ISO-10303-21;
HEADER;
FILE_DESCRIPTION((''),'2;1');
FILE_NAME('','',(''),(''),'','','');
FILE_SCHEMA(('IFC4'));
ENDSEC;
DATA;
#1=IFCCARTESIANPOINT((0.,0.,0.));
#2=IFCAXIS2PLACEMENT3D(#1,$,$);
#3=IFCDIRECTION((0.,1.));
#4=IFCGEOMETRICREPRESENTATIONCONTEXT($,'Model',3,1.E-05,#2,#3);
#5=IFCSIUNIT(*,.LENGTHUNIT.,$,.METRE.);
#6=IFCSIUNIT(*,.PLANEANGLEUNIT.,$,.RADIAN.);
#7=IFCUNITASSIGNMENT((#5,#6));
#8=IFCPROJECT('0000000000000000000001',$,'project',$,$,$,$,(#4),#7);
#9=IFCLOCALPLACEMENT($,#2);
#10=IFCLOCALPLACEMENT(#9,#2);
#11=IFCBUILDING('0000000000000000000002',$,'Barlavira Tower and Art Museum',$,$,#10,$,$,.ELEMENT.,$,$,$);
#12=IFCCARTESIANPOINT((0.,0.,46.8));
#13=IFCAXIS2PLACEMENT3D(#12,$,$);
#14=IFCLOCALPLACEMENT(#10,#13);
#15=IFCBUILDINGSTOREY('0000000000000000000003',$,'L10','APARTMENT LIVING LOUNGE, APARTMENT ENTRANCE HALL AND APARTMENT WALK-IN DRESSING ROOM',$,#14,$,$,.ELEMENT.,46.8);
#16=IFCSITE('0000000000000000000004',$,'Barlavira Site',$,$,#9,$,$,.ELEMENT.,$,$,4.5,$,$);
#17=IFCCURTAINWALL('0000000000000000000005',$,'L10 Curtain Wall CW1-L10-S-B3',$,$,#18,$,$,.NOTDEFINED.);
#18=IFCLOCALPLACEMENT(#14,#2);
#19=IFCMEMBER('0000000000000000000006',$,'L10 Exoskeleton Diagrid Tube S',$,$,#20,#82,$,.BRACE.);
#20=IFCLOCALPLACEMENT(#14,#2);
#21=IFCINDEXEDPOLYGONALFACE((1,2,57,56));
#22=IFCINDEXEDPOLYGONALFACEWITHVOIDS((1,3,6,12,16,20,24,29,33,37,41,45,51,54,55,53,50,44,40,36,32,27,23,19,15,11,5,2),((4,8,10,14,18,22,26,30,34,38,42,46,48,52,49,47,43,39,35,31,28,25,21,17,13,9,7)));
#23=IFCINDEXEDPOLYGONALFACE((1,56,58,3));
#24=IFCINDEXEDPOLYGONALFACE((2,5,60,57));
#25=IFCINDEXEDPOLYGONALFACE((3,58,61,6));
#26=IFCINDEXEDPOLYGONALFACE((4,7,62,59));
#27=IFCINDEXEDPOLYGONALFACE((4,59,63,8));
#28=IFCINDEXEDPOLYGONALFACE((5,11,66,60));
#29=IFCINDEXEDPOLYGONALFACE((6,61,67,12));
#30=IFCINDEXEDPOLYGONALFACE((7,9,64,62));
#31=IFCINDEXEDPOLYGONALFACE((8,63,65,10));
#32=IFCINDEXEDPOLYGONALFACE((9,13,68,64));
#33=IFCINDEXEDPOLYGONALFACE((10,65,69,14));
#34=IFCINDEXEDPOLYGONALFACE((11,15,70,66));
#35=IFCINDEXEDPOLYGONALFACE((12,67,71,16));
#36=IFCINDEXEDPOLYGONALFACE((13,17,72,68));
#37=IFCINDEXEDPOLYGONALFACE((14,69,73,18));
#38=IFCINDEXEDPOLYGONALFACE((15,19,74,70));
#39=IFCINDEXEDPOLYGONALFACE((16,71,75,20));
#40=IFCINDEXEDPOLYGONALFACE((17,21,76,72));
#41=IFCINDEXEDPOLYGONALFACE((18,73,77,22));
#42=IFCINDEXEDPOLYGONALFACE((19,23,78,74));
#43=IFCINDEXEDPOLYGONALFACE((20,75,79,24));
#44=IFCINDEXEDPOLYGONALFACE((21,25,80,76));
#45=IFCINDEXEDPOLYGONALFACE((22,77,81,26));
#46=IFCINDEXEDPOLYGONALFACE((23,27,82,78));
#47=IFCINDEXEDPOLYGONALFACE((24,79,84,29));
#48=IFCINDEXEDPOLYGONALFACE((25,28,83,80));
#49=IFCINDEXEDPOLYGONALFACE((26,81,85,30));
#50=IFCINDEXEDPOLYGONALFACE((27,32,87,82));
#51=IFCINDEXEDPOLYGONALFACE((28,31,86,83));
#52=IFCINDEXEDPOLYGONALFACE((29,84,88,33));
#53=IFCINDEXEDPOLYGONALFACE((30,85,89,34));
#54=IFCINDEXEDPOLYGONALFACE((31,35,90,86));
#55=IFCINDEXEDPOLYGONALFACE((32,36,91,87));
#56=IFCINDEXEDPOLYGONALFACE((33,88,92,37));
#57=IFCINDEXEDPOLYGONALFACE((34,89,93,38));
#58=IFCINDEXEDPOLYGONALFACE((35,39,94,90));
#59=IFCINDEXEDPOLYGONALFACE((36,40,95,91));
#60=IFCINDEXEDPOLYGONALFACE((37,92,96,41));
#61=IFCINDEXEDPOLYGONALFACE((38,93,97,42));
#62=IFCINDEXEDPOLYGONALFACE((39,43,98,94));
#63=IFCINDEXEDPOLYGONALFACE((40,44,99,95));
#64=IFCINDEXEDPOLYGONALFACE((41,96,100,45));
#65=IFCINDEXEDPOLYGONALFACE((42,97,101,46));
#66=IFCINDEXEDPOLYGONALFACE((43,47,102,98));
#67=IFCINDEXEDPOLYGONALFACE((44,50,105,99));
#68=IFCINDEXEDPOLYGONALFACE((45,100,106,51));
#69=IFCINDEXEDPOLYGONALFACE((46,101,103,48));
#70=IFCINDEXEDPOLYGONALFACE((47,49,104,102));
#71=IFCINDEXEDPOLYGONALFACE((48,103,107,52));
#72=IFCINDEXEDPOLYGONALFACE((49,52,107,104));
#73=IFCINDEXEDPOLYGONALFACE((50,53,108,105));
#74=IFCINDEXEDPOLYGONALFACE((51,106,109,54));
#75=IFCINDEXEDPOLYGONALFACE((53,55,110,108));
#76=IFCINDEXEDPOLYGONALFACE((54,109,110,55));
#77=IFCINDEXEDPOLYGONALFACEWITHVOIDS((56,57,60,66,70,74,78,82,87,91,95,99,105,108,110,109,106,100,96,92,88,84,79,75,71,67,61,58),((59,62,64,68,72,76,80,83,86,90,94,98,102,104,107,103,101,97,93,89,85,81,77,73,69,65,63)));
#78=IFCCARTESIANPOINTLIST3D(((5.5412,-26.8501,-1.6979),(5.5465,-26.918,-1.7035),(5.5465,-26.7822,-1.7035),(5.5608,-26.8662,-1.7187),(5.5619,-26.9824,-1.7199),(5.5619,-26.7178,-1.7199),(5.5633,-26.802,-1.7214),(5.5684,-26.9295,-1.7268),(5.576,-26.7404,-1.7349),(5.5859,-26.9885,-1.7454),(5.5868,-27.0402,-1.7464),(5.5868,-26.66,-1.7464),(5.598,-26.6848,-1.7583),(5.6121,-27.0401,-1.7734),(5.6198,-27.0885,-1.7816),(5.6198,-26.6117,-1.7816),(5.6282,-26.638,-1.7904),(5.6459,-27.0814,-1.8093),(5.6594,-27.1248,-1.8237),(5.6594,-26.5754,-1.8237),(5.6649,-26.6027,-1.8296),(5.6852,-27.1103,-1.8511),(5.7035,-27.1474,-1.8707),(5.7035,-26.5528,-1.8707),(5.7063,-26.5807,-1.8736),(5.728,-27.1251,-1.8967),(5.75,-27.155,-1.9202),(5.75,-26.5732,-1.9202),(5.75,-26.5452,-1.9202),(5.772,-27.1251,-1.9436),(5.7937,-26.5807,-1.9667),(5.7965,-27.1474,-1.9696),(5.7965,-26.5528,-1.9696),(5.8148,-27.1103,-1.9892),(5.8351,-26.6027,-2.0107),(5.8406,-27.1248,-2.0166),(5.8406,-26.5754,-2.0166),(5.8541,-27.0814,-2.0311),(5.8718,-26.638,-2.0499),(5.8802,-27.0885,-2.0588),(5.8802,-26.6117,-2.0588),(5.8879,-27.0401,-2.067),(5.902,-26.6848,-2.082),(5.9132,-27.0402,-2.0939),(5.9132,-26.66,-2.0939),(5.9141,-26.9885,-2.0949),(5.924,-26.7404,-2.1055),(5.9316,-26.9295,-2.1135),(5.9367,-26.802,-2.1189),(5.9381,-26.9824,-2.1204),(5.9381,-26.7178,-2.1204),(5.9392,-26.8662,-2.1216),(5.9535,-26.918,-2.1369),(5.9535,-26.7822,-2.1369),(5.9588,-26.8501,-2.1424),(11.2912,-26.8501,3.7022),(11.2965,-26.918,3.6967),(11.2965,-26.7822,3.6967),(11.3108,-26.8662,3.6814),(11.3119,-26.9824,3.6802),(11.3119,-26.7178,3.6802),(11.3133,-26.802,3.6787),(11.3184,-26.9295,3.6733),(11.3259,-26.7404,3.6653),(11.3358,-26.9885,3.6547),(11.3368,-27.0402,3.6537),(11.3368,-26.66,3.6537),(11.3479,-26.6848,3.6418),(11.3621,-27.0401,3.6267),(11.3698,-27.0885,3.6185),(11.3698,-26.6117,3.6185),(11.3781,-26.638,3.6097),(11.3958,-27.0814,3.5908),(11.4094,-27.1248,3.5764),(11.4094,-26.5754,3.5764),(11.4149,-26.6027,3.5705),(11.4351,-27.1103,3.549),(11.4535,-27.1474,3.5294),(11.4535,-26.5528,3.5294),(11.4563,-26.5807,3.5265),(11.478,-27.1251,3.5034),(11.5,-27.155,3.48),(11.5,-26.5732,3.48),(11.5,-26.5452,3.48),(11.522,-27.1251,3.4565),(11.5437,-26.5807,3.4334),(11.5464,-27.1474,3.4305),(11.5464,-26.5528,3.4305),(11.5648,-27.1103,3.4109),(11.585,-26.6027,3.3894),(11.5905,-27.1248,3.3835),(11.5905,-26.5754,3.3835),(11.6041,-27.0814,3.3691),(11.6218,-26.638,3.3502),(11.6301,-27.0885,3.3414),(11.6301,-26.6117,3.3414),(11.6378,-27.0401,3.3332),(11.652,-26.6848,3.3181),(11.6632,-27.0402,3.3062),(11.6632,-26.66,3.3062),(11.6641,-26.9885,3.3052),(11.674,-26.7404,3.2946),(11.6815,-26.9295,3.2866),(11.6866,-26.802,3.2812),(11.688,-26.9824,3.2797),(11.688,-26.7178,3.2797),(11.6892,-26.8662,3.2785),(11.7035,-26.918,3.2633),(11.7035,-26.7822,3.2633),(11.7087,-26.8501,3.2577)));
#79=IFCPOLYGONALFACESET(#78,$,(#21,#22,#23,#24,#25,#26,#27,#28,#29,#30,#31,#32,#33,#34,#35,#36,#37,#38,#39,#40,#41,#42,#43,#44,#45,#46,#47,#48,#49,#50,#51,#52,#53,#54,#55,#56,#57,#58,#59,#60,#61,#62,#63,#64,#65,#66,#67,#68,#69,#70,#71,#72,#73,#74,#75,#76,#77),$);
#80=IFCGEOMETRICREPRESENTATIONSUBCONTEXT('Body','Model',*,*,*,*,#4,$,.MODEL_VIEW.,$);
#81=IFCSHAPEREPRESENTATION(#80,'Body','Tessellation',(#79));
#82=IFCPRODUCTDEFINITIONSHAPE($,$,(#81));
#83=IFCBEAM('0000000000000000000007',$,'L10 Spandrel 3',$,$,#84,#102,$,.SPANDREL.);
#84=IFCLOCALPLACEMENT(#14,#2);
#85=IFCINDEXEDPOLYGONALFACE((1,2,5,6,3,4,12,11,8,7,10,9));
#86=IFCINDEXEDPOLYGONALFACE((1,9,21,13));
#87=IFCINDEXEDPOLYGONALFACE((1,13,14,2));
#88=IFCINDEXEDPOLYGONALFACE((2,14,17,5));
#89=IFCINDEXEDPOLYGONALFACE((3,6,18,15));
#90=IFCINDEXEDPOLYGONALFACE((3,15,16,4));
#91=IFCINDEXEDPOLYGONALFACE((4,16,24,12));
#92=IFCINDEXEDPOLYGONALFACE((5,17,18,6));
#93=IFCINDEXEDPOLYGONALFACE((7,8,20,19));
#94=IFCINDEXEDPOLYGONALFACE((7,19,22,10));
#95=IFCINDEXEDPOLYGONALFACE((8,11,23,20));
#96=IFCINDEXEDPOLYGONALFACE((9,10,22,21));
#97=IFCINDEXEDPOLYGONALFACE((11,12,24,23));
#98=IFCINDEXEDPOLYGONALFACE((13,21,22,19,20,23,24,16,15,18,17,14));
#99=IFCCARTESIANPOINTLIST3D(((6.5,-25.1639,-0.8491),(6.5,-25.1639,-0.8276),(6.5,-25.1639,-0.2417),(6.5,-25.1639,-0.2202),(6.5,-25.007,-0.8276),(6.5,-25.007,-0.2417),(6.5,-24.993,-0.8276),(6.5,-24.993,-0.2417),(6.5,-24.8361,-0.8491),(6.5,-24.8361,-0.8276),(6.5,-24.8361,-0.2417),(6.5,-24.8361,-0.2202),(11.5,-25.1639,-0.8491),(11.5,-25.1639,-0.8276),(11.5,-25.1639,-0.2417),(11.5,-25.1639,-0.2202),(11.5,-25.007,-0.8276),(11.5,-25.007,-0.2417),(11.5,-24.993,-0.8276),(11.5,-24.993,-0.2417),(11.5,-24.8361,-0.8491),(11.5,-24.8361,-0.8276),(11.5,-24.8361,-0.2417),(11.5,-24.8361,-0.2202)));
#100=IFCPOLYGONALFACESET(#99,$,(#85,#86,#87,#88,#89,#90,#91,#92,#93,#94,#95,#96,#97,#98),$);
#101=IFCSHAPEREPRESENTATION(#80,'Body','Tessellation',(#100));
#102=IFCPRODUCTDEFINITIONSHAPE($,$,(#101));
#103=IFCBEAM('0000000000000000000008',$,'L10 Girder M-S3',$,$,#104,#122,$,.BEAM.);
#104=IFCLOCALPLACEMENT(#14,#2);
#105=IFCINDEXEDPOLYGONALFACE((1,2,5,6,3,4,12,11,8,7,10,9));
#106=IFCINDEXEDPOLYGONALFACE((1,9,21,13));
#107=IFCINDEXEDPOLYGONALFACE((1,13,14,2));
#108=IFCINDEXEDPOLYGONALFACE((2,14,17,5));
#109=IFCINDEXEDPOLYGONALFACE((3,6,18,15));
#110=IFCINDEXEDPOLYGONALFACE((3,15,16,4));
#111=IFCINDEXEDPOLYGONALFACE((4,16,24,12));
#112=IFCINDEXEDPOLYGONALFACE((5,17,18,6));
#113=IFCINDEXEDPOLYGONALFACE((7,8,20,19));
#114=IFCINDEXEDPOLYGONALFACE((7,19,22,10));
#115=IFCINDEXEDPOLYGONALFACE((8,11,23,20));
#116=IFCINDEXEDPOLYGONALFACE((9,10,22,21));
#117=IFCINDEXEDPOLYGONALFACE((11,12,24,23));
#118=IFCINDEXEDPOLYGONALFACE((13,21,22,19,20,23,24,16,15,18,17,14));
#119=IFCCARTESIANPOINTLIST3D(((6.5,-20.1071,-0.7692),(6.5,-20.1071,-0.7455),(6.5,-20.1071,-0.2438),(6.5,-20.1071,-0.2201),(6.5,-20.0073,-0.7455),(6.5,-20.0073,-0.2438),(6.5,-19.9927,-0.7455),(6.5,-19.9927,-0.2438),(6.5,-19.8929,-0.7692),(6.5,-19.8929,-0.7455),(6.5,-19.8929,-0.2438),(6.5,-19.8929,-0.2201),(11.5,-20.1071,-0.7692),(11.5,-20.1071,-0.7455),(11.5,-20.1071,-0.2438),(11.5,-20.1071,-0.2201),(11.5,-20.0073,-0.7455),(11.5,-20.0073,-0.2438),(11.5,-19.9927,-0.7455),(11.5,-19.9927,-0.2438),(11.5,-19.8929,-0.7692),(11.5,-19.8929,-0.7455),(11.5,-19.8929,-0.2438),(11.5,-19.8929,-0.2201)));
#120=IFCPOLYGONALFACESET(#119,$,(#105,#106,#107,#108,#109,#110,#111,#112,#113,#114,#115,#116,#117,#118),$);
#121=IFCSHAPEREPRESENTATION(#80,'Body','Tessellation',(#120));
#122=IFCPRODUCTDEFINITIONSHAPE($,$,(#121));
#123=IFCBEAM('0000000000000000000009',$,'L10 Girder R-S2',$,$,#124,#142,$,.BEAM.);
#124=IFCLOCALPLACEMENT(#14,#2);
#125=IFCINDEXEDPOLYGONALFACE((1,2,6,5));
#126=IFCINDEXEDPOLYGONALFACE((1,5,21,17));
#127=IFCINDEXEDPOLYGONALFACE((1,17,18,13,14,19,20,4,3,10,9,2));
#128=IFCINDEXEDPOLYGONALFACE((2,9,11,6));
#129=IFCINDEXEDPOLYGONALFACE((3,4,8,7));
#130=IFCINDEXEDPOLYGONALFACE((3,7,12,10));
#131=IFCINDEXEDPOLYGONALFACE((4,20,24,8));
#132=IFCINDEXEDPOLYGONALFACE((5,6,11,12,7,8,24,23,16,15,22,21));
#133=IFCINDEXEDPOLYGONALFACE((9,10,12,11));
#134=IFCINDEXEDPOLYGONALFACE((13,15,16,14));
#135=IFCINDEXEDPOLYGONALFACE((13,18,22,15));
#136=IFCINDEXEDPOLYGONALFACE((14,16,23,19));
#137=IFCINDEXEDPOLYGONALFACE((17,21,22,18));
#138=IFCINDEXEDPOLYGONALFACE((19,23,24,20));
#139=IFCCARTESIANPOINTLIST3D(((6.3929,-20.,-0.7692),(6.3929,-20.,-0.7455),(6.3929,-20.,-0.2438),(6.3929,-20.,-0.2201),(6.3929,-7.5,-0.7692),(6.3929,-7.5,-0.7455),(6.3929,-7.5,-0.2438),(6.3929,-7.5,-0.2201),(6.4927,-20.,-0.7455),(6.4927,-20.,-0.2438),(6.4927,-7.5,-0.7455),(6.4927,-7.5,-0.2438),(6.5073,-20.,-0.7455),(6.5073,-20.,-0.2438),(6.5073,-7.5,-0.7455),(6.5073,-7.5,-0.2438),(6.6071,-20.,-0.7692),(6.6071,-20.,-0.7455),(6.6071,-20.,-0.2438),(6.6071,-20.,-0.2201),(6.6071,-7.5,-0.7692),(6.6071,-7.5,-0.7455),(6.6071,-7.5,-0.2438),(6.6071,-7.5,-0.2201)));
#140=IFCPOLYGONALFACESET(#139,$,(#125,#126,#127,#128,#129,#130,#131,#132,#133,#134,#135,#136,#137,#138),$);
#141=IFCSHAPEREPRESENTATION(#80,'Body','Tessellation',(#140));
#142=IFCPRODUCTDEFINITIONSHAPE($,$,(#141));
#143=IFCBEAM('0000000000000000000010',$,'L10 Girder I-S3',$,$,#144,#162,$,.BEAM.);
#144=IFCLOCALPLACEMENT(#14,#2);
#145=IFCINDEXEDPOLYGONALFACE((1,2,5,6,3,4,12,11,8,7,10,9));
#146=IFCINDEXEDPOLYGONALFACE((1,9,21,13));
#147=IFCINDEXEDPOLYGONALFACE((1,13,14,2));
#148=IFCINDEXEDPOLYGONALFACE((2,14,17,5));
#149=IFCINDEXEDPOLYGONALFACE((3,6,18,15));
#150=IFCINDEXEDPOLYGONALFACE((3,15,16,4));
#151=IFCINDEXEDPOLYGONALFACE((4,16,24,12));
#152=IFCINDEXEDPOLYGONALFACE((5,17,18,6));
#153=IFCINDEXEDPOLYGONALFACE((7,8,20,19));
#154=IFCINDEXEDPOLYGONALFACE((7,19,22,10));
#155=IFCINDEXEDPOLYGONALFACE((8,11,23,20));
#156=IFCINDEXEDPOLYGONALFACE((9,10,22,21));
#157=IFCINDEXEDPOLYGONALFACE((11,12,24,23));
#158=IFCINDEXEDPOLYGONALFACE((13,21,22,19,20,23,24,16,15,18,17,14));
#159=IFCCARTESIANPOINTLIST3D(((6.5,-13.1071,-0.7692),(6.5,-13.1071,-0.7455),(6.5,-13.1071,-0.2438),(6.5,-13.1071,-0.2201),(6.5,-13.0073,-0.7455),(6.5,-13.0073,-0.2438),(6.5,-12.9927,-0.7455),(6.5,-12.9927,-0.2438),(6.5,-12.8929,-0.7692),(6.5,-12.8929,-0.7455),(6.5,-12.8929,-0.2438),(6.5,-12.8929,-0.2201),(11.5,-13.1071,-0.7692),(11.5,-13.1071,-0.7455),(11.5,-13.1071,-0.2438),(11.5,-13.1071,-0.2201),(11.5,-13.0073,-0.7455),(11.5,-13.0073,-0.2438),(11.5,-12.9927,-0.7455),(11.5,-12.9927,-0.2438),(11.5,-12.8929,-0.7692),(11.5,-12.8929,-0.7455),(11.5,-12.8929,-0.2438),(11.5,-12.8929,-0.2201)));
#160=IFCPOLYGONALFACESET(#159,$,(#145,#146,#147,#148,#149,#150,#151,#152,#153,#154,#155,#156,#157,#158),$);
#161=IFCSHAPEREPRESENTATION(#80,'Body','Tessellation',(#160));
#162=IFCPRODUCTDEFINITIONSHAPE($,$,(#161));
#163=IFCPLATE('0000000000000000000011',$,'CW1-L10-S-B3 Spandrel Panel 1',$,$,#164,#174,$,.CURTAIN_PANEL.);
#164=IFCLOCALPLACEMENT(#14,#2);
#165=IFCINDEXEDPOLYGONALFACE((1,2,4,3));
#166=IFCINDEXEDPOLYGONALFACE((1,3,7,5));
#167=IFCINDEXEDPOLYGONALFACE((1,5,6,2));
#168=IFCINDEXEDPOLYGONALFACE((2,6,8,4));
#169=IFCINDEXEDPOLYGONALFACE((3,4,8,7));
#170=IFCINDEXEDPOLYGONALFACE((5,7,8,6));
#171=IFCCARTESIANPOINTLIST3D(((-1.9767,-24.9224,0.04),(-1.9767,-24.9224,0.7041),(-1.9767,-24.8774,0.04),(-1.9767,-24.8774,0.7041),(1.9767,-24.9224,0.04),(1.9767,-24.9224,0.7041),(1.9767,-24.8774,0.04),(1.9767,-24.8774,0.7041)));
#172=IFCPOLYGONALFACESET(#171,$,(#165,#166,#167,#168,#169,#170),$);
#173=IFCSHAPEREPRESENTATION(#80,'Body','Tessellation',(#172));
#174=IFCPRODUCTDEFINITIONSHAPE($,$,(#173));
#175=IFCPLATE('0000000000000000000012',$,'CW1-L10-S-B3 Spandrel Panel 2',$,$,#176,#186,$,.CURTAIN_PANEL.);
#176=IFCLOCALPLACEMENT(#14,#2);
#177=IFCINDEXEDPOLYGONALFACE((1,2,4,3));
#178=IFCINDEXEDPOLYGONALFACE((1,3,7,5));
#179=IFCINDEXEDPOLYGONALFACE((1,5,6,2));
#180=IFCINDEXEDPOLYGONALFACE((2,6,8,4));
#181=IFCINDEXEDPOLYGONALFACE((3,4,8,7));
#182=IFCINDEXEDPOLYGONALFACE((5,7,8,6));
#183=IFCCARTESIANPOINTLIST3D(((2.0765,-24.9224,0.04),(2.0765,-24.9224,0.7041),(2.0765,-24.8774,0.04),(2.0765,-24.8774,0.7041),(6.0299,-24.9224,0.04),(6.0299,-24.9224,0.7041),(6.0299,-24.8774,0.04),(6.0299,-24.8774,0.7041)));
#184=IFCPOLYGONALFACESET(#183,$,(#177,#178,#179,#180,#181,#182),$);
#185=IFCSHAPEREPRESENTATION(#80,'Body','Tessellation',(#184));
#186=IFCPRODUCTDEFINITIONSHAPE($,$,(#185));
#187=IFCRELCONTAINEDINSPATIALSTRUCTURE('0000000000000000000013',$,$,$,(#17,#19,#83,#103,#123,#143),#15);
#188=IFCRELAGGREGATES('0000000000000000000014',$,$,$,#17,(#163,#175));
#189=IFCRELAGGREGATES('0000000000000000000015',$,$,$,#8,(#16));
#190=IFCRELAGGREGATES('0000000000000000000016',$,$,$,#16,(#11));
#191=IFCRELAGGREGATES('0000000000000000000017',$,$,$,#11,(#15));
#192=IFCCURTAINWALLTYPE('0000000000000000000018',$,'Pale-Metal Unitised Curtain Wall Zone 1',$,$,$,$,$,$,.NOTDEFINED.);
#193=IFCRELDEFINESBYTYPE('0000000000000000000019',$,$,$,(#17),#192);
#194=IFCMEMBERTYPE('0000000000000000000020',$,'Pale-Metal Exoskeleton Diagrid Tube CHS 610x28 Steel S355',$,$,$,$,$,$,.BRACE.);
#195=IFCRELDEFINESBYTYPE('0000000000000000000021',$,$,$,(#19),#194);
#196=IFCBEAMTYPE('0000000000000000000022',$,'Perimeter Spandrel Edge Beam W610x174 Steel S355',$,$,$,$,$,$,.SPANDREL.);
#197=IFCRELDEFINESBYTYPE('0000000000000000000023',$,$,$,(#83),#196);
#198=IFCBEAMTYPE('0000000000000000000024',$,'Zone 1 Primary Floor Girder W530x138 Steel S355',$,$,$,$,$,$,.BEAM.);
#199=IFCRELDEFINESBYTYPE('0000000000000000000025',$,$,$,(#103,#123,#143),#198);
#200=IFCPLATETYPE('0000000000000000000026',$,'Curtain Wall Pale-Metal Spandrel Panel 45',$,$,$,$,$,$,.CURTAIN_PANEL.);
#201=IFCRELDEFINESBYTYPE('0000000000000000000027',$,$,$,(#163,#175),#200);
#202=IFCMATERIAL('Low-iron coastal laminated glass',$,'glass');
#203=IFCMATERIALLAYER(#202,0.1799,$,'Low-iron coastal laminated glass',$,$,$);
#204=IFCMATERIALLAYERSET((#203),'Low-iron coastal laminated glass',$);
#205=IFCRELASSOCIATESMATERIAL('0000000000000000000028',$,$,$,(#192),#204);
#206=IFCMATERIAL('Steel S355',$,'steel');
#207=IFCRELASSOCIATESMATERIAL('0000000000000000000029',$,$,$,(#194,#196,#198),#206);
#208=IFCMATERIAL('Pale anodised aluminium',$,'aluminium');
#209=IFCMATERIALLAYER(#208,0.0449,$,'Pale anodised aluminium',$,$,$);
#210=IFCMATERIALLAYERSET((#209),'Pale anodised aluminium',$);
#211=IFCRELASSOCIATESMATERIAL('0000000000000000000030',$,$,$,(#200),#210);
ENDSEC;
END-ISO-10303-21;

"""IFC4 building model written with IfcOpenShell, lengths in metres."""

from ifc_helpers import new_model, si_unit, direction, frame, origin, origin_2d, place, context, subcontext, project, spatial, rectangle, hollow_circle, i_section, extrude, material, layer, layer_set, material_profile, profile_set, type_object, element, aggregate, save


model = new_model("IFC4")

# Units and contexts
model_context = context("Model", 3, precision=1e-05, world=origin(), true_north=direction((0.0, 1.0)))
body_context = subcontext(model_context, "Body", "Model", "MODEL_VIEW")
ifc_project = project(units=[si_unit("LENGTHUNIT", "METRE"), si_unit("PLANEANGLEUNIT", "RADIAN")], contexts=[model_context])

# Site, building, storey
site_placement = place(None, origin())
site = spatial("IfcSite", under=ifc_project, at=site_placement, Name="Barlavira Site", CompositionType="ELEMENT", RefElevation=4.5)
building_placement = place(site_placement, origin())
building = spatial("IfcBuilding", under=site, at=building_placement, Name="Barlavira Tower and Art Museum", CompositionType="ELEMENT")
storey_placement = place(building_placement, frame((0.0, 0.0, 46.8)))
storey = spatial("IfcBuildingStorey", under=building, at=storey_placement, Name="L10", Description="APARTMENT LIVING LOUNGE, APARTMENT ENTRANCE HALL AND APARTMENT WALK-IN DRESSING ROOM", CompositionType="ELEMENT", Elevation=46.8)

# Curtain wall
ifc_material_1 = material(Name="Low-iron coastal laminated glass", Category="glass")
ifc_layer_1 = layer(ifc_material_1, 0.1799, Name="Low-iron coastal laminated glass")
ifc_layer_set_1 = layer_set([ifc_layer_1], Name="Low-iron coastal laminated glass")
curtain_wall_type = type_object("IfcCurtainWallType", Name="Pale-Metal Unitised Curtain Wall Zone 1", PredefinedType="NOTDEFINED", material=ifc_layer_set_1)
curtain_wall_placement = place(storey_placement, origin())
curtain_wall = element("IfcCurtainWall", 1, at=curtain_wall_placement, inside=storey, type_object=curtain_wall_type, Name="L10 Curtain Wall CW1-L10-S-B3", PredefinedType="NOTDEFINED")
ifc_material_2 = material(Name="Pale anodised aluminium", Category="aluminium")

# Member
ifc_material_3 = material(Name="Steel S355", Category="steel")
ifc_material_profile_1 = material_profile(ifc_material_3, hollow_circle(Radius=0.3049, WallThickness=0.0281, at=origin_2d()), Name="CHS 610.0x28.0")
ifc_profile_set_1 = profile_set([ifc_material_profile_1], Name="Steel S355")
member_type_1 = type_object("IfcMemberType", Name="Pale-Metal Exoskeleton Diagrid Tube CHS 610x28 Steel S355", PredefinedType="BRACE", material=ifc_profile_set_1)
for number, where, z_axis, x_axis, name in (
    (2, (5.75, -26.8501, -1.9202), (0.728935, 0.0, 0.684583), (0.0, 1.0, 0.0), "L10 Exoskeleton Diagrid Tube S"),
):
    element("IfcMember", number, at=place(storey_placement, frame(where, z_axis=z_axis, x_axis=x_axis)), inside=storey, type_object=member_type_1, Name=name, PredefinedType="BRACE", context=body_context, shape_type="SweptSolid", body=[
        extrude(hollow_circle(Radius=0.3049, WallThickness=0.0281, at=origin_2d()), origin(), (0.0, 0.0, 1.0), 7.8882),
    ])

# Beams
ifc_material_profile_2 = material_profile(ifc_material_3, i_section(OverallWidth=0.3279, OverallDepth=0.6289, WebThickness=0.0139, FlangeThickness=0.0215, at=origin_2d()), Name="W610x174.0")
ifc_profile_set_2 = profile_set([ifc_material_profile_2], Name="Steel S355")
beam_type_1 = type_object("IfcBeamType", Name="Perimeter Spandrel Edge Beam W610x174 Steel S355", PredefinedType="SPANDREL", material=ifc_profile_set_2)
beam_1_placement = place(storey_placement, frame((6.5, -25.0, -0.5347), z_axis=(1.0, 0.0, 0.0), x_axis=(0.0, 1.0, 0.0)))
element("IfcBeam", 3, at=beam_1_placement, inside=storey, type_object=beam_type_1, Name="L10 Spandrel 3", PredefinedType="SPANDREL", context=body_context, shape_type="SweptSolid", body=[
    extrude(i_section(OverallWidth=0.3279, OverallDepth=0.6289, WebThickness=0.0139, FlangeThickness=0.0215, at=origin_2d()), origin(), (0.0, 0.0, 1.0), 5.0),
])
ifc_material_profile_3 = material_profile(ifc_material_3, i_section(OverallWidth=0.2141, OverallDepth=0.5491, WebThickness=0.0146, FlangeThickness=0.0237, at=origin_2d()), Name="W530x138.0")
ifc_profile_set_3 = profile_set([ifc_material_profile_3], Name="Steel S355")
beam_type_2 = type_object("IfcBeamType", Name="Zone 1 Primary Floor Girder W530x138 Steel S355", PredefinedType="BEAM", material=ifc_profile_set_3)
beam_2_placement = place(storey_placement, frame((6.5, -20.0, -0.4946), z_axis=(1.0, 0.0, 0.0), x_axis=(0.0, 1.0, 0.0)))
element("IfcBeam", 4, at=beam_2_placement, inside=storey, type_object=beam_type_2, Name="L10 Girder M-S3", PredefinedType="BEAM", context=body_context, shape_type="SweptSolid", body=[
    extrude(i_section(OverallWidth=0.2141, OverallDepth=0.5491, WebThickness=0.0146, FlangeThickness=0.0237, at=origin_2d()), origin(), (0.0, 0.0, 1.0), 5.0),
])
beam_3_placement = place(storey_placement, frame((6.5, -20.0, -0.4946), z_axis=(0.0, 1.0, 0.0), x_axis=(-1.0, 0.0, 0.0)))
element("IfcBeam", 5, at=beam_3_placement, inside=storey, type_object=beam_type_2, Name="L10 Girder R-S2", PredefinedType="BEAM", context=body_context, shape_type="SweptSolid", body=[
    extrude(i_section(OverallWidth=0.2141, OverallDepth=0.5491, WebThickness=0.0146, FlangeThickness=0.0237, at=origin_2d()), origin(), (0.0, 0.0, 1.0), 12.5),
])
beam_4_placement = place(storey_placement, frame((6.5, -13.0, -0.4946), z_axis=(1.0, 0.0, 0.0), x_axis=(0.0, 1.0, 0.0)))
element("IfcBeam", 6, at=beam_4_placement, inside=storey, type_object=beam_type_2, Name="L10 Girder I-S3", PredefinedType="BEAM", context=body_context, shape_type="SweptSolid", body=[
    extrude(i_section(OverallWidth=0.2141, OverallDepth=0.5491, WebThickness=0.0146, FlangeThickness=0.0237, at=origin_2d()), origin(), (0.0, 0.0, 1.0), 5.0),
])

# Plates
ifc_layer_2 = layer(ifc_material_2, 0.0449, Name="Pale anodised aluminium")
ifc_layer_set_2 = layer_set([ifc_layer_2], Name="Pale anodised aluminium")
plate_type_1 = type_object("IfcPlateType", Name="Curtain Wall Pale-Metal Spandrel Panel 45", PredefinedType="CURTAIN_PANEL", material=ifc_layer_set_2)
plate_1_placement = place(storey_placement, frame((0.0, -24.8999, 0.04), z_axis=(0.0, 0.0, 1.0), x_axis=(1.0, 0.0, 0.0)))
plate_1 = element("IfcPlate", 7, at=plate_1_placement, type_object=plate_type_1, Name="CW1-L10-S-B3 Spandrel Panel 1", PredefinedType="CURTAIN_PANEL", context=body_context, shape_type="SweptSolid", body=[
    extrude(rectangle(XDim=3.9534, YDim=0.0449, at=origin_2d()), origin(), (0.0, 0.0, 1.0), 0.6641),
])
plate_2_placement = place(storey_placement, frame((4.0532, -24.8999, 0.04), z_axis=(0.0, 0.0, 1.0), x_axis=(1.0, 0.0, 0.0)))
plate_2 = element("IfcPlate", 8, at=plate_2_placement, type_object=plate_type_1, Name="CW1-L10-S-B3 Spandrel Panel 2", PredefinedType="CURTAIN_PANEL", context=body_context, shape_type="SweptSolid", body=[
    extrude(rectangle(XDim=3.9534, YDim=0.0449, at=origin_2d()), origin(), (0.0, 0.0, 1.0), 0.6641),
])
aggregate(curtain_wall, [plate_1, plate_2])

save(model, "model.ifc")
